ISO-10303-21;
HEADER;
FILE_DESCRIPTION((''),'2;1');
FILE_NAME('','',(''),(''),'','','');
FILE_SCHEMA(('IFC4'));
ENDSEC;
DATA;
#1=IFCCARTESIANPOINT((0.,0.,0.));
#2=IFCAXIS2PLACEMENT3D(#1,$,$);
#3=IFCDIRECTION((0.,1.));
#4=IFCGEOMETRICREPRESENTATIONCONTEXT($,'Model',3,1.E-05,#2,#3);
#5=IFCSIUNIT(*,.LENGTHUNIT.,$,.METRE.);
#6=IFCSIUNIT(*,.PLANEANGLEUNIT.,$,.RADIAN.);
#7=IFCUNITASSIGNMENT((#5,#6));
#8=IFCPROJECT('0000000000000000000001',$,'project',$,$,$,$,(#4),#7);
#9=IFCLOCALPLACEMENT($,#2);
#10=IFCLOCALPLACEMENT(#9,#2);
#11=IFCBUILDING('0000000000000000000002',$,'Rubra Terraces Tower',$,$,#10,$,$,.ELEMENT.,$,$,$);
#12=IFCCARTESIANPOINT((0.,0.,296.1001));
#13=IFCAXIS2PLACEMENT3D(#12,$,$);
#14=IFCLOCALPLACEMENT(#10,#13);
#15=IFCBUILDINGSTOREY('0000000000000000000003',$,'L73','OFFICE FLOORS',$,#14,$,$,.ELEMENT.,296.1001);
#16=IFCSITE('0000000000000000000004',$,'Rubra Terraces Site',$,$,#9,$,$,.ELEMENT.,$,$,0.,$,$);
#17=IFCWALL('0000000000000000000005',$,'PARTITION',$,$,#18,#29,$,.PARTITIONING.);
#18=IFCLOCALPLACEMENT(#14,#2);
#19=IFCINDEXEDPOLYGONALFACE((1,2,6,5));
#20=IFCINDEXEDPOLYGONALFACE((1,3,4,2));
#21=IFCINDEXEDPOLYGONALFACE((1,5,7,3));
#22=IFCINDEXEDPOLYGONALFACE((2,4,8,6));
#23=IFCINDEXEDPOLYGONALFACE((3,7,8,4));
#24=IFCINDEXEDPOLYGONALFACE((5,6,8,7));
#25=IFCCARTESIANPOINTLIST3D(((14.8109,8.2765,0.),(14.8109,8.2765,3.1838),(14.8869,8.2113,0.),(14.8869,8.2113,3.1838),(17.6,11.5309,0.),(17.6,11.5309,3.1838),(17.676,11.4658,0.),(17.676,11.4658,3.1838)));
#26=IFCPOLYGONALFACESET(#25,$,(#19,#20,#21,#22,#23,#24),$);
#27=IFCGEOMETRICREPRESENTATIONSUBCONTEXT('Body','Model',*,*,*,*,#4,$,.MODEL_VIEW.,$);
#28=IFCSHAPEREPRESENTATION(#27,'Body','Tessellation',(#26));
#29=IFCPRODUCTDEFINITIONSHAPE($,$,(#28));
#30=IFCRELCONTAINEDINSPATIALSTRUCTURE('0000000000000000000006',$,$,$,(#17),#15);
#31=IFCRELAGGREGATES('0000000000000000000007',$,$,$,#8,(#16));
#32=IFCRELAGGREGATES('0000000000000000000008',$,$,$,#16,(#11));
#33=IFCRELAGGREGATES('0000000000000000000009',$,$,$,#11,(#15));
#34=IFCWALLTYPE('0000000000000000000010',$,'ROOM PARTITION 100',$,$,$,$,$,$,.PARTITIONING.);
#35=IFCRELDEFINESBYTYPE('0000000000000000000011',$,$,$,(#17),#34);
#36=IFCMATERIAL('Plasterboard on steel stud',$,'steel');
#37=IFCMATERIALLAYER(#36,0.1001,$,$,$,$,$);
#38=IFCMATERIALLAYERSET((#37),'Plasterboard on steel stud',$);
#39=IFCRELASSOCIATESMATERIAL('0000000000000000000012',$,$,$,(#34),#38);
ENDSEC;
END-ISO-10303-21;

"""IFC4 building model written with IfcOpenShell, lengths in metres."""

from ifc_helpers import new_model, si_unit, direction, frame, frame_2d, origin, place, context, subcontext, project, spatial, rectangle, extrude, material, layer, layer_set, type_object, element, save


model = new_model("IFC4")

# Units and contexts
model_context = context("Model", 3, precision=1e-05, world=origin(), true_north=direction((0.0, 1.0)))
body_context = subcontext(model_context, "Body", "Model", "MODEL_VIEW")
ifc_project = project(units=[si_unit("LENGTHUNIT", "METRE"), si_unit("PLANEANGLEUNIT", "RADIAN")], contexts=[model_context])

# Site, building, storey
site_placement = place(None, origin())
site = spatial("IfcSite", under=ifc_project, at=site_placement, Name="Rubra Terraces Site", CompositionType="ELEMENT", RefElevation=0.0)
building_placement = place(site_placement, origin())
building = spatial("IfcBuilding", under=site, at=building_placement, Name="Rubra Terraces Tower", CompositionType="ELEMENT")
storey_placement = place(building_placement, frame((0.0, 0.0, 296.1001)))
storey = spatial("IfcBuildingStorey", under=building, at=storey_placement, Name="L73", Description="OFFICE FLOORS", CompositionType="ELEMENT", Elevation=296.1001)

# Shared definitions
ifc_material_1 = material(Name="Plasterboard on steel stud", Category="steel")
ifc_layer_1 = layer(ifc_material_1, 0.1001)
ifc_layer_set_1 = layer_set([ifc_layer_1], Name="Plasterboard on steel stud")
wall_type_1 = type_object("IfcWallType", Name="ROOM PARTITION 100", PredefinedType="PARTITIONING", material=ifc_layer_set_1)

# Wall
wall_1_placement = place(storey_placement, frame((14.8489, 8.2439, 0.0), z_axis=(0.0, 0.0, 1.0), x_axis=(0.650735, 0.759305, 0.0)))
element("IfcWall", 1, at=wall_1_placement, inside=storey, type_object=wall_type_1, Name="PARTITION", PredefinedType="PARTITIONING", context=body_context, shape_type="SweptSolid", body=[
    extrude(rectangle(XDim=4.2861, YDim=0.1001, at=frame_2d((2.1431, 0.0))), origin(), (0.0, 0.0, 1.0), 3.1838),
])

save(model, "model.ifc")
